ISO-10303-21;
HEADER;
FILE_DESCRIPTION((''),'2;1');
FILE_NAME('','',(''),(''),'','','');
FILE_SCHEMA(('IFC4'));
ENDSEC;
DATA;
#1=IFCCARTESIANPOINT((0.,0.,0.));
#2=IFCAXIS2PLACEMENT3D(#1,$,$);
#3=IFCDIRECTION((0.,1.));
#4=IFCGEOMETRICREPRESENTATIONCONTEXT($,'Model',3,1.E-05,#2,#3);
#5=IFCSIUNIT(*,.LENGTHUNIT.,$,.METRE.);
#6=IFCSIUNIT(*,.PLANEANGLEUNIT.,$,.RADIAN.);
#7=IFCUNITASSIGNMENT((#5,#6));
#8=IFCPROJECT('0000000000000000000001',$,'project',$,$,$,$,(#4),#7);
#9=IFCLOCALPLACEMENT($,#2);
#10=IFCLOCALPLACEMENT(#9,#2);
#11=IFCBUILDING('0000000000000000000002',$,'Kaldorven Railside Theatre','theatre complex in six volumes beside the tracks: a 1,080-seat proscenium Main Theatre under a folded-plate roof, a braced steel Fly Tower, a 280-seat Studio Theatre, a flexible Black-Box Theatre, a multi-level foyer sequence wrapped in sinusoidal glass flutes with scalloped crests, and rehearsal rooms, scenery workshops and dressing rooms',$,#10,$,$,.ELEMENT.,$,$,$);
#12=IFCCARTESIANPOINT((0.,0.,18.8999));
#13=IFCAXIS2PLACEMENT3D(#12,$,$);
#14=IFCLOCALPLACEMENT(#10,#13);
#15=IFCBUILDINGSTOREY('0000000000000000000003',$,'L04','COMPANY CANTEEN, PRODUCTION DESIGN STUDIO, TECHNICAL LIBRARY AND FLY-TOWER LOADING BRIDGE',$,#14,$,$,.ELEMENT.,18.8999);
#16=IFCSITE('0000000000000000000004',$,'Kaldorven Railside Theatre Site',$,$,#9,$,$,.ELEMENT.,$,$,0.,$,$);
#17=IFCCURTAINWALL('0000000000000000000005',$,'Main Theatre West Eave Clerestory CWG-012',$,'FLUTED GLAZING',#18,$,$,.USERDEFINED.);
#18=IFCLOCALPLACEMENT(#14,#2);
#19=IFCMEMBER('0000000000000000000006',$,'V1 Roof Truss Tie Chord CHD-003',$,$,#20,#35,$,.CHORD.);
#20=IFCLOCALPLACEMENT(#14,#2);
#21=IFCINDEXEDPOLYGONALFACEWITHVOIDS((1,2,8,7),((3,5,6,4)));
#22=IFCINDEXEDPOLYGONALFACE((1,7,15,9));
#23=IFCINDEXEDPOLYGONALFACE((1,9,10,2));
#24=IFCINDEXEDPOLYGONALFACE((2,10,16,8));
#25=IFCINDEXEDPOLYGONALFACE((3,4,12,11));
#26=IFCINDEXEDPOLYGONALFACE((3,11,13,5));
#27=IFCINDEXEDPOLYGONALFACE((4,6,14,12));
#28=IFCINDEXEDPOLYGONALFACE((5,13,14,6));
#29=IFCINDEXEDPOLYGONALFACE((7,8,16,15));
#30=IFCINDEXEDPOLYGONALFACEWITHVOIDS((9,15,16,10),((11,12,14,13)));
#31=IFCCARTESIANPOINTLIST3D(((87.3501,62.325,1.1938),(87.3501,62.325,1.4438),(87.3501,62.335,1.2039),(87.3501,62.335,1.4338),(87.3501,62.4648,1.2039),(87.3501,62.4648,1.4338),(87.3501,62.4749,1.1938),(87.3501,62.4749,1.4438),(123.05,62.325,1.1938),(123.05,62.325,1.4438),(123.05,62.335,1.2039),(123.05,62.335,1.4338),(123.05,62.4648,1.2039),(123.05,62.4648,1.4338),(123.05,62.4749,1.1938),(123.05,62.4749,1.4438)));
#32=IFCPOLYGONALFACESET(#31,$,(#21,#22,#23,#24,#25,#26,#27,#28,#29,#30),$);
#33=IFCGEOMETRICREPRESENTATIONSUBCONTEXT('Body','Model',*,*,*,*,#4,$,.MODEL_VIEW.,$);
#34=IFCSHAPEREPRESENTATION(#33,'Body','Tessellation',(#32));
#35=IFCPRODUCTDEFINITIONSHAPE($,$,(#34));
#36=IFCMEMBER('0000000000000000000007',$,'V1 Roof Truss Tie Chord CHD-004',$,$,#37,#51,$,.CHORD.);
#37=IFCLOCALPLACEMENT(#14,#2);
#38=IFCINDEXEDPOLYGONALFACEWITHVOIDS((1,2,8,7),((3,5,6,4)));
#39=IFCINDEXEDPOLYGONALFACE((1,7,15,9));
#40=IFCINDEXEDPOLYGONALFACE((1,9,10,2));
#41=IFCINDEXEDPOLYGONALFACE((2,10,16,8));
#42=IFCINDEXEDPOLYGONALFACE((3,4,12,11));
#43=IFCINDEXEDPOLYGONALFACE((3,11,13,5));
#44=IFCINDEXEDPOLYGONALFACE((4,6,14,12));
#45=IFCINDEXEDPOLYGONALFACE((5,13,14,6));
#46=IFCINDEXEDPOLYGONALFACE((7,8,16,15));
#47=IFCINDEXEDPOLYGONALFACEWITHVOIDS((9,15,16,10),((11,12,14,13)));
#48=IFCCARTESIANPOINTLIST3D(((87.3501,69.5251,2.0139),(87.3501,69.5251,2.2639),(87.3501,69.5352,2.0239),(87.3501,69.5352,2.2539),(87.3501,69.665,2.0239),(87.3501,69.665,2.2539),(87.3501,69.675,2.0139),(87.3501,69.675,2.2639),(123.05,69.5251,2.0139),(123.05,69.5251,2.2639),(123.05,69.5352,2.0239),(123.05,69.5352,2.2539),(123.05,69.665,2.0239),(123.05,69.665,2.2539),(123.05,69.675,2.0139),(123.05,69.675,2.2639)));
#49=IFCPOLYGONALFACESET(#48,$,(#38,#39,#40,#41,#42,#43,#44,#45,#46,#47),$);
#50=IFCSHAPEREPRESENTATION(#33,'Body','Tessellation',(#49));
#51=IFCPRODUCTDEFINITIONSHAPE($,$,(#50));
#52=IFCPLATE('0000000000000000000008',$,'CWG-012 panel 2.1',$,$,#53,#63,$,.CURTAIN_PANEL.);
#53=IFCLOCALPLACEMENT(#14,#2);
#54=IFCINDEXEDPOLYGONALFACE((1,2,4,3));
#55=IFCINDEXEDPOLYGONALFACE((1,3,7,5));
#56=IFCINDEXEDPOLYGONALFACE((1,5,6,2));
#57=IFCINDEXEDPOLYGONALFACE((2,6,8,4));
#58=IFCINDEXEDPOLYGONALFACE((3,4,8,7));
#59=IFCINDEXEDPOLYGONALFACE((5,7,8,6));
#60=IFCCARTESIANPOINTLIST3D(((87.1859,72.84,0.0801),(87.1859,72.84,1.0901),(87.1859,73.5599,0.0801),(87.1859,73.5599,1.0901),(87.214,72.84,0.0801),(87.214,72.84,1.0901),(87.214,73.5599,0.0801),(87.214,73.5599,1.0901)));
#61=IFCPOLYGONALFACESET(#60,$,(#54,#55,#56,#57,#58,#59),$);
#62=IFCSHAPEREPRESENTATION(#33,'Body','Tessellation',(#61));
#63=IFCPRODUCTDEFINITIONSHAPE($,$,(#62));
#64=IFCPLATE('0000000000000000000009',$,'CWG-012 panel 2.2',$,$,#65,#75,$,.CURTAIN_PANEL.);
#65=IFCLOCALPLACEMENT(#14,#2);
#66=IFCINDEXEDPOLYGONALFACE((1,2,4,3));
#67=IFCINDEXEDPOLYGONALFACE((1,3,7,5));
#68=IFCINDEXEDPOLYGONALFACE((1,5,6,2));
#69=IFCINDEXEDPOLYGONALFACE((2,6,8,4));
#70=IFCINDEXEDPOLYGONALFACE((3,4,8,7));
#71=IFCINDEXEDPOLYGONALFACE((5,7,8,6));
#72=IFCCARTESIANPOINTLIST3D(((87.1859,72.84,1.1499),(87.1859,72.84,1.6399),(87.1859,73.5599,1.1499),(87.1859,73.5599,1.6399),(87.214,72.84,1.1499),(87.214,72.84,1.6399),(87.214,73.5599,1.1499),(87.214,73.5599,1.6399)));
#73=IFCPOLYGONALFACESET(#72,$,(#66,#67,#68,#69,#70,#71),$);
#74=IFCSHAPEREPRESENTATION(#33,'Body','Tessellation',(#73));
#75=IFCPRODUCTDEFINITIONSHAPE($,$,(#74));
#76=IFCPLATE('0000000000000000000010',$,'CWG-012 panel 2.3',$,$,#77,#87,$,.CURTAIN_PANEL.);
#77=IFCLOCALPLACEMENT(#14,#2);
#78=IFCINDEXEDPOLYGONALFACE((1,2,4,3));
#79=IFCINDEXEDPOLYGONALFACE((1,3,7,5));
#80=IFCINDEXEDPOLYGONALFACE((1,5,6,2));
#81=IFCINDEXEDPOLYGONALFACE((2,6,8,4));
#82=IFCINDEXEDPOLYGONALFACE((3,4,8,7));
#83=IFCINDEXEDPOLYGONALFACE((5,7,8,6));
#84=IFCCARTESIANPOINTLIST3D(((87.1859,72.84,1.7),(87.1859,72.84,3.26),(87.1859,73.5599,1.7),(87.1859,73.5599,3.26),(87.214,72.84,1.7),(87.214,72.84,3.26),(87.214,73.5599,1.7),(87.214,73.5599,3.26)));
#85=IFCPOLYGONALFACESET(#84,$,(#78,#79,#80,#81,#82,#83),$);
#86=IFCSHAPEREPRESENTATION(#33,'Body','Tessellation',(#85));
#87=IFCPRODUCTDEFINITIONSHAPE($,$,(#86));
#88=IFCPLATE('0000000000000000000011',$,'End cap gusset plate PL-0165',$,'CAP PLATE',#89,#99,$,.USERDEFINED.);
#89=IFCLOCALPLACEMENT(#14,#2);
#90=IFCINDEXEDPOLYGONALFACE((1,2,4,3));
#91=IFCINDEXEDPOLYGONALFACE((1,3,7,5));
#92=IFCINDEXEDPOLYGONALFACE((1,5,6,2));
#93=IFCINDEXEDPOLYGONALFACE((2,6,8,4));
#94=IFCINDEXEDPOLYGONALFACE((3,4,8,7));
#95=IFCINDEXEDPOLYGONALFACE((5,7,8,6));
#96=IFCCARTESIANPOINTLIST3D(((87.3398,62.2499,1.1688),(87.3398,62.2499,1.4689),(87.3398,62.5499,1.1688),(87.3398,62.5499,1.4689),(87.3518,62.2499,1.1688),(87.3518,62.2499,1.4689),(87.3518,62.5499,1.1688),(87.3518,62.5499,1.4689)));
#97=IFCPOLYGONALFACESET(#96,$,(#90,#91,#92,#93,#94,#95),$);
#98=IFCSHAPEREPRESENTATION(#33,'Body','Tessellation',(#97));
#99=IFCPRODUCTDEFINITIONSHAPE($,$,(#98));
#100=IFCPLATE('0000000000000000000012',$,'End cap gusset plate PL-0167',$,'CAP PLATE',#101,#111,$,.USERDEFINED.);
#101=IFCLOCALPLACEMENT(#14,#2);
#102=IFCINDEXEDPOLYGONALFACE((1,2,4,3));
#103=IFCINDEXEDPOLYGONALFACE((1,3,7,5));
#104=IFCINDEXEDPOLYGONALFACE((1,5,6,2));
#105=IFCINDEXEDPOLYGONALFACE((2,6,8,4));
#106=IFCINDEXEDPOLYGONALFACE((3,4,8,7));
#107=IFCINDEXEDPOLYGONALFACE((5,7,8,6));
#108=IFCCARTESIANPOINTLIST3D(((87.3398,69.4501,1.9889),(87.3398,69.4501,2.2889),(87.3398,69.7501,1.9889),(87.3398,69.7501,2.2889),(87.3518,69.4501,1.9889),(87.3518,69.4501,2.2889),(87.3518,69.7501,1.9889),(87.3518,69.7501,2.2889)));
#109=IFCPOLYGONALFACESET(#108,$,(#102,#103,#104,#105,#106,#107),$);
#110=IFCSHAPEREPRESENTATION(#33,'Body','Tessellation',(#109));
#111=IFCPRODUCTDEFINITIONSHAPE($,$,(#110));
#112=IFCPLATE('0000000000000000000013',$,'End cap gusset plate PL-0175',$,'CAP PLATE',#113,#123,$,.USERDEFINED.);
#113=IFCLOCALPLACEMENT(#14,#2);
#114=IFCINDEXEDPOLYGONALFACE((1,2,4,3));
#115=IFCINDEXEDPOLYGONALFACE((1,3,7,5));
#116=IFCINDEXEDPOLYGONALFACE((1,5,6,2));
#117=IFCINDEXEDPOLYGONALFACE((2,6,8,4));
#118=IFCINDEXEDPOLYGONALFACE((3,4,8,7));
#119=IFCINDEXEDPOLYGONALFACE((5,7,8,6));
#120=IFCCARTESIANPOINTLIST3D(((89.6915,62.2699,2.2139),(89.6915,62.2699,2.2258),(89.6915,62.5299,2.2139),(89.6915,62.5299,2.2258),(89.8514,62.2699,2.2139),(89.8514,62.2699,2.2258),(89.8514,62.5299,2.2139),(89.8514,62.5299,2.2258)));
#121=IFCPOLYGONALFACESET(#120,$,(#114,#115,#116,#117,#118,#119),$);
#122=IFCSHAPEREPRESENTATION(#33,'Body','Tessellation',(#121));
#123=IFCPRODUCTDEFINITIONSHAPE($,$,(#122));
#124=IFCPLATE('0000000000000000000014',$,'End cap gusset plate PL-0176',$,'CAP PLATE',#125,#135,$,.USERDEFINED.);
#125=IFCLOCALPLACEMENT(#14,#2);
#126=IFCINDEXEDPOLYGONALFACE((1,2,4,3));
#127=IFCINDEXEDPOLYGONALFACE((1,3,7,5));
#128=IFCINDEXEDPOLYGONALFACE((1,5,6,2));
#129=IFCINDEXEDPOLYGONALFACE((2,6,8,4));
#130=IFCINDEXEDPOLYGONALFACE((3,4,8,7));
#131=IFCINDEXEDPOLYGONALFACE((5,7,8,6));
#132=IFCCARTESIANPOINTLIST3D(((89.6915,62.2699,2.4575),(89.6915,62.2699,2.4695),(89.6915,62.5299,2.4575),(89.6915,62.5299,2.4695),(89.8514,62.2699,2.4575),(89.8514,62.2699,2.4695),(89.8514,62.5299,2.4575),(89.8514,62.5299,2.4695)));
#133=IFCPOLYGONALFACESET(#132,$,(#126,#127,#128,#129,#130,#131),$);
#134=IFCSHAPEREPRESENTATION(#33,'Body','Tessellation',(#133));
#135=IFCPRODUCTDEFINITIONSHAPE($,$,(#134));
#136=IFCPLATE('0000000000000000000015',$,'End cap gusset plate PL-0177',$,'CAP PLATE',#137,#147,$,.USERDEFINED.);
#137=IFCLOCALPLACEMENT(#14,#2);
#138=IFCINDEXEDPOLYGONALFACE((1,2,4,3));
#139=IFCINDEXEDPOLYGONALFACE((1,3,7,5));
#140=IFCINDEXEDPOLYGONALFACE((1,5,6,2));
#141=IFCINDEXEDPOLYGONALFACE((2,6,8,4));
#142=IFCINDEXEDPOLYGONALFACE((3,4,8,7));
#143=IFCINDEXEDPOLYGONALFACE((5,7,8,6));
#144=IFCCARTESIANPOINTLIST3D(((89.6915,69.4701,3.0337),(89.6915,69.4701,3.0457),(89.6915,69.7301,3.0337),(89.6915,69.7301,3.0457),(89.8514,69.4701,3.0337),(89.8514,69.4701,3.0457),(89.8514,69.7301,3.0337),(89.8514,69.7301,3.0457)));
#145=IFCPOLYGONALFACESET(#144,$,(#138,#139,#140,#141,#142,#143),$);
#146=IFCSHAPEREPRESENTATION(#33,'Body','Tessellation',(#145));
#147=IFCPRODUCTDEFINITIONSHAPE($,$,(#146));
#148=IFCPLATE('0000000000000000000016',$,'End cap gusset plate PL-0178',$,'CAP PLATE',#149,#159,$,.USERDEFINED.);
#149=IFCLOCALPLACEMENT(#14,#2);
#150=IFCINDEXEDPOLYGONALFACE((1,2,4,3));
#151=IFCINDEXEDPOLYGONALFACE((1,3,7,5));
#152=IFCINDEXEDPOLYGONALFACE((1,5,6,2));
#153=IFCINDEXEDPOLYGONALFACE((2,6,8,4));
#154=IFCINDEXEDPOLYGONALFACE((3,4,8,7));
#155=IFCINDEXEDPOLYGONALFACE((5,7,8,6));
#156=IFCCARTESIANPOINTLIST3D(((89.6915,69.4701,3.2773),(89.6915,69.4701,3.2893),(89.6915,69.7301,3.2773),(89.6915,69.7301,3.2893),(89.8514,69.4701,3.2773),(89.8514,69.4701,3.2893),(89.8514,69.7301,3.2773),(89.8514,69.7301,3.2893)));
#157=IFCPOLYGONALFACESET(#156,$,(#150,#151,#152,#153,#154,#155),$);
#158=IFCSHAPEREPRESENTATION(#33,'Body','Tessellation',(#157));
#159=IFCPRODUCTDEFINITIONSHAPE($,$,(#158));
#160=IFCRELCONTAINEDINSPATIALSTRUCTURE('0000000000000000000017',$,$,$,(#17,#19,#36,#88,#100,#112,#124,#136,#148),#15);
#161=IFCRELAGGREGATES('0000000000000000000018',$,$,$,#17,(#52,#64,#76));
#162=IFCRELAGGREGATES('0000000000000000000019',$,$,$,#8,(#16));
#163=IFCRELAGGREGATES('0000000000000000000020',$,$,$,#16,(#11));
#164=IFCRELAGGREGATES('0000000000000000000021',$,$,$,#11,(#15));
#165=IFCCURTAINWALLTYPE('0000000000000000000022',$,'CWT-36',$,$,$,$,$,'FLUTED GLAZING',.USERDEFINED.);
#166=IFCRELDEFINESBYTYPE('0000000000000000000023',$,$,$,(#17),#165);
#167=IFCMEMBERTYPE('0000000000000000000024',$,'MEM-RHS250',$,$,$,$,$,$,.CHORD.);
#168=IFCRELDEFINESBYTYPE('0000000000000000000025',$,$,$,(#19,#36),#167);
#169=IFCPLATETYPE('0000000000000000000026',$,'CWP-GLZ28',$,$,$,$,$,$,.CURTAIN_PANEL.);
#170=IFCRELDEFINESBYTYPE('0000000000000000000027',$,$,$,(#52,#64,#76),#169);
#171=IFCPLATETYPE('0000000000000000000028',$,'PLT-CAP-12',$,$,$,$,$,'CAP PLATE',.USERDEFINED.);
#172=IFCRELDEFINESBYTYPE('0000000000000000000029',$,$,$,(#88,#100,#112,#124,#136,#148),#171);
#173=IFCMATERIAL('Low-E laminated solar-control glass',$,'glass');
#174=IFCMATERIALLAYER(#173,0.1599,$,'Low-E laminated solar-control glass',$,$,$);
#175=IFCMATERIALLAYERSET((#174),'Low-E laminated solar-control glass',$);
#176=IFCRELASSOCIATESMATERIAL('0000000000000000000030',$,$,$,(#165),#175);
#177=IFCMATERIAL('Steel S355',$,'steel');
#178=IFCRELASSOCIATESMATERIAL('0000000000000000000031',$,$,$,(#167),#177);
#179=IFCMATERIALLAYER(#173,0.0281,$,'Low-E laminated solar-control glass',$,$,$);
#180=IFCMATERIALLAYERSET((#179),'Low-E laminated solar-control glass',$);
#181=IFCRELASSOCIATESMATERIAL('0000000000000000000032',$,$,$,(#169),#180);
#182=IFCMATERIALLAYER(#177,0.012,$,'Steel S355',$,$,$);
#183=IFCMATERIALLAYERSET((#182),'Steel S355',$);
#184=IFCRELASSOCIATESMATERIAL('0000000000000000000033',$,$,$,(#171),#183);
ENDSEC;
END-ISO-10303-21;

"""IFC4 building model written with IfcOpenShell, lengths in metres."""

from ifc_helpers import new_model, si_unit, direction, frame, origin, origin_2d, place, context, subcontext, project, spatial, rectangle, hollow_rectangle, extrude, material, layer, layer_set, material_profile, profile_set, type_object, element, aggregate, save


model = new_model("IFC4")

# Units and contexts
model_context = context("Model", 3, precision=1e-05, world=origin(), true_north=direction((0.0, 1.0)))
body_context = subcontext(model_context, "Body", "Model", "MODEL_VIEW")
ifc_project = project(units=[si_unit("LENGTHUNIT", "METRE"), si_unit("PLANEANGLEUNIT", "RADIAN")], contexts=[model_context])

# Site, building, storey
site_placement = place(None, origin())
site = spatial("IfcSite", under=ifc_project, at=site_placement, Name="Kaldorven Railside Theatre Site", CompositionType="ELEMENT", RefElevation=0.0)
building_placement = place(site_placement, origin())
building = spatial("IfcBuilding", under=site, at=building_placement, Name="Kaldorven Railside Theatre", Description="theatre complex in six volumes beside the tracks: a 1,080-seat proscenium Main Theatre under a folded-plate roof, a braced steel Fly Tower, a 280-seat Studio Theatre, a flexible Black-Box Theatre, a multi-level foyer sequence wrapped in sinusoidal glass flutes with scalloped crests, and rehearsal rooms, scenery workshops and dressing rooms", CompositionType="ELEMENT")
storey_placement = place(building_placement, frame((0.0, 0.0, 18.8999)))
storey = spatial("IfcBuildingStorey", under=building, at=storey_placement, Name="L04", Description="COMPANY CANTEEN, PRODUCTION DESIGN STUDIO, TECHNICAL LIBRARY AND FLY-TOWER LOADING BRIDGE", CompositionType="ELEMENT", Elevation=18.8999)

# Shared definitions
ifc_material_1 = material(Name="Steel S355", Category="steel")

# Curtain wall
ifc_material_2 = material(Name="Low-E laminated solar-control glass", Category="glass")
ifc_layer_1 = layer(ifc_material_2, 0.1599, Name="Low-E laminated solar-control glass")
ifc_layer_set_1 = layer_set([ifc_layer_1], Name="Low-E laminated solar-control glass")
curtain_wall_type = type_object("IfcCurtainWallType", Name="CWT-36", ElementType="FLUTED GLAZING", PredefinedType="USERDEFINED", material=ifc_layer_set_1)
curtain_wall_placement = place(storey_placement, origin())
curtain_wall = element("IfcCurtainWall", 1, at=curtain_wall_placement, inside=storey, type_object=curtain_wall_type, Name="Main Theatre West Eave Clerestory CWG-012", ObjectType="FLUTED GLAZING", PredefinedType="USERDEFINED")

# Members
ifc_material_profile_1 = material_profile(ifc_material_1, hollow_rectangle(XDim=0.1499, YDim=0.25, WallThickness=0.01, at=origin_2d()), Name="RHS 250x150x10")
ifc_profile_set_1 = profile_set([ifc_material_profile_1], Name="Steel S355")
member_type_1 = type_object("IfcMemberType", Name="MEM-RHS250", PredefinedType="CHORD", material=ifc_profile_set_1)
for number, where, z_axis, x_axis, name in (
    (2, (87.3501, 62.3999, 1.3188), (1.0, 0.0, 0.0), (0.0, 1.0, 0.0), "V1 Roof Truss Tie Chord CHD-003"),
    (3, (87.3501, 69.6001, 2.1389), (1.0, 0.0, 0.0), (0.0, 1.0, 0.0), "V1 Roof Truss Tie Chord CHD-004"),
):
    element("IfcMember", number, at=place(storey_placement, frame(where, z_axis=z_axis, x_axis=x_axis)), inside=storey, type_object=member_type_1, Name=name, PredefinedType="CHORD", context=body_context, shape_type="SweptSolid", body=[
        extrude(hollow_rectangle(XDim=0.1499, YDim=0.25, WallThickness=0.01, at=origin_2d()), origin(), (0.0, 0.0, 1.0), 35.7),
    ])

# Plates
ifc_layer_2 = layer(ifc_material_2, 0.0281, Name="Low-E laminated solar-control glass")
ifc_layer_set_2 = layer_set([ifc_layer_2], Name="Low-E laminated solar-control glass")
plate_type_1 = type_object("IfcPlateType", Name="CWP-GLZ28", PredefinedType="CURTAIN_PANEL", material=ifc_layer_set_2)
plate_1_placement = place(storey_placement, frame((87.2, 73.2, 0.0801), z_axis=(0.0, 0.0, 1.0), x_axis=(0.0, 1.0, 0.0)))
plate_1 = element("IfcPlate", 4, at=plate_1_placement, type_object=plate_type_1, Name="CWG-012 panel 2.1", PredefinedType="CURTAIN_PANEL", context=body_context, shape_type="SweptSolid", body=[
    extrude(rectangle(XDim=0.72, YDim=0.0281, at=origin_2d()), origin(), (0.0, 0.0, 1.0), 1.01),
])
plate_2_placement = place(storey_placement, frame((87.2, 73.2, 1.1499), z_axis=(0.0, 0.0, 1.0), x_axis=(0.0, 1.0, 0.0)))
plate_2 = element("IfcPlate", 5, at=plate_2_placement, type_object=plate_type_1, Name="CWG-012 panel 2.2", PredefinedType="CURTAIN_PANEL", context=body_context, shape_type="SweptSolid", body=[
    extrude(rectangle(XDim=0.72, YDim=0.0281, at=origin_2d()), origin(), (0.0, 0.0, 1.0), 0.49),
])
plate_3_placement = place(storey_placement, frame((87.2, 73.2, 1.7), z_axis=(0.0, 0.0, 1.0), x_axis=(0.0, 1.0, 0.0)))
plate_3 = element("IfcPlate", 6, at=plate_3_placement, type_object=plate_type_1, Name="CWG-012 panel 2.3", PredefinedType="CURTAIN_PANEL", context=body_context, shape_type="SweptSolid", body=[
    extrude(rectangle(XDim=0.72, YDim=0.0281, at=origin_2d()), origin(), (0.0, 0.0, 1.0), 1.5601),
])
aggregate(curtain_wall, [plate_1, plate_2, plate_3])

# Plates
ifc_layer_3 = layer(ifc_material_1, 0.012, Name="Steel S355")
ifc_layer_set_3 = layer_set([ifc_layer_3], Name="Steel S355")
plate_type_2 = type_object("IfcPlateType", Name="PLT-CAP-12", ElementType="CAP PLATE", PredefinedType="USERDEFINED", material=ifc_layer_set_3)
for number, where, z_axis, x_axis, name in (
    (7, (87.3398, 62.3999, 1.3188), (1.0, 0.0, 0.0), (0.0, 1.0, 0.0), "End cap gusset plate PL-0165"),
    (8, (87.3398, 69.6001, 2.1389), (1.0, 0.0, 0.0), (0.0, 1.0, 0.0), "End cap gusset plate PL-0167"),
):
    element("IfcPlate", number, at=place(storey_placement, frame(where, z_axis=z_axis, x_axis=x_axis)), inside=storey, type_object=plate_type_2, Name=name, ObjectType="CAP PLATE", PredefinedType="USERDEFINED", context=body_context, shape_type="SweptSolid", body=[
        extrude(rectangle(XDim=0.3, YDim=0.3, at=origin_2d()), origin(), (0.0, 0.0, 1.0), 0.012),
    ])
for number, where, z_axis, x_axis, name in (
    (9, (89.7715, 62.3999, 2.2139), (0.0, 0.0, 1.0), (1.0, 0.0, 0.0), "End cap gusset plate PL-0175"),
    (10, (89.7715, 62.3999, 2.4575), (0.0, 0.0, 1.0), (1.0, 0.0, 0.0), "End cap gusset plate PL-0176"),
    (11, (89.7715, 69.6001, 3.0337), (0.0, 0.0, 1.0), (1.0, 0.0, 0.0), "End cap gusset plate PL-0177"),
    (12, (89.7715, 69.6001, 3.2773), (0.0, 0.0, 1.0), (1.0, 0.0, 0.0), "End cap gusset plate PL-0178"),
):
    element("IfcPlate", number, at=place(storey_placement, frame(where, z_axis=z_axis, x_axis=x_axis)), inside=storey, type_object=plate_type_2, Name=name, ObjectType="CAP PLATE", PredefinedType="USERDEFINED", context=body_context, shape_type="SweptSolid", body=[
        extrude(rectangle(XDim=0.1599, YDim=0.26, at=origin_2d()), origin(), (0.0, 0.0, 1.0), 0.012),
    ])

save(model, "model.ifc")
